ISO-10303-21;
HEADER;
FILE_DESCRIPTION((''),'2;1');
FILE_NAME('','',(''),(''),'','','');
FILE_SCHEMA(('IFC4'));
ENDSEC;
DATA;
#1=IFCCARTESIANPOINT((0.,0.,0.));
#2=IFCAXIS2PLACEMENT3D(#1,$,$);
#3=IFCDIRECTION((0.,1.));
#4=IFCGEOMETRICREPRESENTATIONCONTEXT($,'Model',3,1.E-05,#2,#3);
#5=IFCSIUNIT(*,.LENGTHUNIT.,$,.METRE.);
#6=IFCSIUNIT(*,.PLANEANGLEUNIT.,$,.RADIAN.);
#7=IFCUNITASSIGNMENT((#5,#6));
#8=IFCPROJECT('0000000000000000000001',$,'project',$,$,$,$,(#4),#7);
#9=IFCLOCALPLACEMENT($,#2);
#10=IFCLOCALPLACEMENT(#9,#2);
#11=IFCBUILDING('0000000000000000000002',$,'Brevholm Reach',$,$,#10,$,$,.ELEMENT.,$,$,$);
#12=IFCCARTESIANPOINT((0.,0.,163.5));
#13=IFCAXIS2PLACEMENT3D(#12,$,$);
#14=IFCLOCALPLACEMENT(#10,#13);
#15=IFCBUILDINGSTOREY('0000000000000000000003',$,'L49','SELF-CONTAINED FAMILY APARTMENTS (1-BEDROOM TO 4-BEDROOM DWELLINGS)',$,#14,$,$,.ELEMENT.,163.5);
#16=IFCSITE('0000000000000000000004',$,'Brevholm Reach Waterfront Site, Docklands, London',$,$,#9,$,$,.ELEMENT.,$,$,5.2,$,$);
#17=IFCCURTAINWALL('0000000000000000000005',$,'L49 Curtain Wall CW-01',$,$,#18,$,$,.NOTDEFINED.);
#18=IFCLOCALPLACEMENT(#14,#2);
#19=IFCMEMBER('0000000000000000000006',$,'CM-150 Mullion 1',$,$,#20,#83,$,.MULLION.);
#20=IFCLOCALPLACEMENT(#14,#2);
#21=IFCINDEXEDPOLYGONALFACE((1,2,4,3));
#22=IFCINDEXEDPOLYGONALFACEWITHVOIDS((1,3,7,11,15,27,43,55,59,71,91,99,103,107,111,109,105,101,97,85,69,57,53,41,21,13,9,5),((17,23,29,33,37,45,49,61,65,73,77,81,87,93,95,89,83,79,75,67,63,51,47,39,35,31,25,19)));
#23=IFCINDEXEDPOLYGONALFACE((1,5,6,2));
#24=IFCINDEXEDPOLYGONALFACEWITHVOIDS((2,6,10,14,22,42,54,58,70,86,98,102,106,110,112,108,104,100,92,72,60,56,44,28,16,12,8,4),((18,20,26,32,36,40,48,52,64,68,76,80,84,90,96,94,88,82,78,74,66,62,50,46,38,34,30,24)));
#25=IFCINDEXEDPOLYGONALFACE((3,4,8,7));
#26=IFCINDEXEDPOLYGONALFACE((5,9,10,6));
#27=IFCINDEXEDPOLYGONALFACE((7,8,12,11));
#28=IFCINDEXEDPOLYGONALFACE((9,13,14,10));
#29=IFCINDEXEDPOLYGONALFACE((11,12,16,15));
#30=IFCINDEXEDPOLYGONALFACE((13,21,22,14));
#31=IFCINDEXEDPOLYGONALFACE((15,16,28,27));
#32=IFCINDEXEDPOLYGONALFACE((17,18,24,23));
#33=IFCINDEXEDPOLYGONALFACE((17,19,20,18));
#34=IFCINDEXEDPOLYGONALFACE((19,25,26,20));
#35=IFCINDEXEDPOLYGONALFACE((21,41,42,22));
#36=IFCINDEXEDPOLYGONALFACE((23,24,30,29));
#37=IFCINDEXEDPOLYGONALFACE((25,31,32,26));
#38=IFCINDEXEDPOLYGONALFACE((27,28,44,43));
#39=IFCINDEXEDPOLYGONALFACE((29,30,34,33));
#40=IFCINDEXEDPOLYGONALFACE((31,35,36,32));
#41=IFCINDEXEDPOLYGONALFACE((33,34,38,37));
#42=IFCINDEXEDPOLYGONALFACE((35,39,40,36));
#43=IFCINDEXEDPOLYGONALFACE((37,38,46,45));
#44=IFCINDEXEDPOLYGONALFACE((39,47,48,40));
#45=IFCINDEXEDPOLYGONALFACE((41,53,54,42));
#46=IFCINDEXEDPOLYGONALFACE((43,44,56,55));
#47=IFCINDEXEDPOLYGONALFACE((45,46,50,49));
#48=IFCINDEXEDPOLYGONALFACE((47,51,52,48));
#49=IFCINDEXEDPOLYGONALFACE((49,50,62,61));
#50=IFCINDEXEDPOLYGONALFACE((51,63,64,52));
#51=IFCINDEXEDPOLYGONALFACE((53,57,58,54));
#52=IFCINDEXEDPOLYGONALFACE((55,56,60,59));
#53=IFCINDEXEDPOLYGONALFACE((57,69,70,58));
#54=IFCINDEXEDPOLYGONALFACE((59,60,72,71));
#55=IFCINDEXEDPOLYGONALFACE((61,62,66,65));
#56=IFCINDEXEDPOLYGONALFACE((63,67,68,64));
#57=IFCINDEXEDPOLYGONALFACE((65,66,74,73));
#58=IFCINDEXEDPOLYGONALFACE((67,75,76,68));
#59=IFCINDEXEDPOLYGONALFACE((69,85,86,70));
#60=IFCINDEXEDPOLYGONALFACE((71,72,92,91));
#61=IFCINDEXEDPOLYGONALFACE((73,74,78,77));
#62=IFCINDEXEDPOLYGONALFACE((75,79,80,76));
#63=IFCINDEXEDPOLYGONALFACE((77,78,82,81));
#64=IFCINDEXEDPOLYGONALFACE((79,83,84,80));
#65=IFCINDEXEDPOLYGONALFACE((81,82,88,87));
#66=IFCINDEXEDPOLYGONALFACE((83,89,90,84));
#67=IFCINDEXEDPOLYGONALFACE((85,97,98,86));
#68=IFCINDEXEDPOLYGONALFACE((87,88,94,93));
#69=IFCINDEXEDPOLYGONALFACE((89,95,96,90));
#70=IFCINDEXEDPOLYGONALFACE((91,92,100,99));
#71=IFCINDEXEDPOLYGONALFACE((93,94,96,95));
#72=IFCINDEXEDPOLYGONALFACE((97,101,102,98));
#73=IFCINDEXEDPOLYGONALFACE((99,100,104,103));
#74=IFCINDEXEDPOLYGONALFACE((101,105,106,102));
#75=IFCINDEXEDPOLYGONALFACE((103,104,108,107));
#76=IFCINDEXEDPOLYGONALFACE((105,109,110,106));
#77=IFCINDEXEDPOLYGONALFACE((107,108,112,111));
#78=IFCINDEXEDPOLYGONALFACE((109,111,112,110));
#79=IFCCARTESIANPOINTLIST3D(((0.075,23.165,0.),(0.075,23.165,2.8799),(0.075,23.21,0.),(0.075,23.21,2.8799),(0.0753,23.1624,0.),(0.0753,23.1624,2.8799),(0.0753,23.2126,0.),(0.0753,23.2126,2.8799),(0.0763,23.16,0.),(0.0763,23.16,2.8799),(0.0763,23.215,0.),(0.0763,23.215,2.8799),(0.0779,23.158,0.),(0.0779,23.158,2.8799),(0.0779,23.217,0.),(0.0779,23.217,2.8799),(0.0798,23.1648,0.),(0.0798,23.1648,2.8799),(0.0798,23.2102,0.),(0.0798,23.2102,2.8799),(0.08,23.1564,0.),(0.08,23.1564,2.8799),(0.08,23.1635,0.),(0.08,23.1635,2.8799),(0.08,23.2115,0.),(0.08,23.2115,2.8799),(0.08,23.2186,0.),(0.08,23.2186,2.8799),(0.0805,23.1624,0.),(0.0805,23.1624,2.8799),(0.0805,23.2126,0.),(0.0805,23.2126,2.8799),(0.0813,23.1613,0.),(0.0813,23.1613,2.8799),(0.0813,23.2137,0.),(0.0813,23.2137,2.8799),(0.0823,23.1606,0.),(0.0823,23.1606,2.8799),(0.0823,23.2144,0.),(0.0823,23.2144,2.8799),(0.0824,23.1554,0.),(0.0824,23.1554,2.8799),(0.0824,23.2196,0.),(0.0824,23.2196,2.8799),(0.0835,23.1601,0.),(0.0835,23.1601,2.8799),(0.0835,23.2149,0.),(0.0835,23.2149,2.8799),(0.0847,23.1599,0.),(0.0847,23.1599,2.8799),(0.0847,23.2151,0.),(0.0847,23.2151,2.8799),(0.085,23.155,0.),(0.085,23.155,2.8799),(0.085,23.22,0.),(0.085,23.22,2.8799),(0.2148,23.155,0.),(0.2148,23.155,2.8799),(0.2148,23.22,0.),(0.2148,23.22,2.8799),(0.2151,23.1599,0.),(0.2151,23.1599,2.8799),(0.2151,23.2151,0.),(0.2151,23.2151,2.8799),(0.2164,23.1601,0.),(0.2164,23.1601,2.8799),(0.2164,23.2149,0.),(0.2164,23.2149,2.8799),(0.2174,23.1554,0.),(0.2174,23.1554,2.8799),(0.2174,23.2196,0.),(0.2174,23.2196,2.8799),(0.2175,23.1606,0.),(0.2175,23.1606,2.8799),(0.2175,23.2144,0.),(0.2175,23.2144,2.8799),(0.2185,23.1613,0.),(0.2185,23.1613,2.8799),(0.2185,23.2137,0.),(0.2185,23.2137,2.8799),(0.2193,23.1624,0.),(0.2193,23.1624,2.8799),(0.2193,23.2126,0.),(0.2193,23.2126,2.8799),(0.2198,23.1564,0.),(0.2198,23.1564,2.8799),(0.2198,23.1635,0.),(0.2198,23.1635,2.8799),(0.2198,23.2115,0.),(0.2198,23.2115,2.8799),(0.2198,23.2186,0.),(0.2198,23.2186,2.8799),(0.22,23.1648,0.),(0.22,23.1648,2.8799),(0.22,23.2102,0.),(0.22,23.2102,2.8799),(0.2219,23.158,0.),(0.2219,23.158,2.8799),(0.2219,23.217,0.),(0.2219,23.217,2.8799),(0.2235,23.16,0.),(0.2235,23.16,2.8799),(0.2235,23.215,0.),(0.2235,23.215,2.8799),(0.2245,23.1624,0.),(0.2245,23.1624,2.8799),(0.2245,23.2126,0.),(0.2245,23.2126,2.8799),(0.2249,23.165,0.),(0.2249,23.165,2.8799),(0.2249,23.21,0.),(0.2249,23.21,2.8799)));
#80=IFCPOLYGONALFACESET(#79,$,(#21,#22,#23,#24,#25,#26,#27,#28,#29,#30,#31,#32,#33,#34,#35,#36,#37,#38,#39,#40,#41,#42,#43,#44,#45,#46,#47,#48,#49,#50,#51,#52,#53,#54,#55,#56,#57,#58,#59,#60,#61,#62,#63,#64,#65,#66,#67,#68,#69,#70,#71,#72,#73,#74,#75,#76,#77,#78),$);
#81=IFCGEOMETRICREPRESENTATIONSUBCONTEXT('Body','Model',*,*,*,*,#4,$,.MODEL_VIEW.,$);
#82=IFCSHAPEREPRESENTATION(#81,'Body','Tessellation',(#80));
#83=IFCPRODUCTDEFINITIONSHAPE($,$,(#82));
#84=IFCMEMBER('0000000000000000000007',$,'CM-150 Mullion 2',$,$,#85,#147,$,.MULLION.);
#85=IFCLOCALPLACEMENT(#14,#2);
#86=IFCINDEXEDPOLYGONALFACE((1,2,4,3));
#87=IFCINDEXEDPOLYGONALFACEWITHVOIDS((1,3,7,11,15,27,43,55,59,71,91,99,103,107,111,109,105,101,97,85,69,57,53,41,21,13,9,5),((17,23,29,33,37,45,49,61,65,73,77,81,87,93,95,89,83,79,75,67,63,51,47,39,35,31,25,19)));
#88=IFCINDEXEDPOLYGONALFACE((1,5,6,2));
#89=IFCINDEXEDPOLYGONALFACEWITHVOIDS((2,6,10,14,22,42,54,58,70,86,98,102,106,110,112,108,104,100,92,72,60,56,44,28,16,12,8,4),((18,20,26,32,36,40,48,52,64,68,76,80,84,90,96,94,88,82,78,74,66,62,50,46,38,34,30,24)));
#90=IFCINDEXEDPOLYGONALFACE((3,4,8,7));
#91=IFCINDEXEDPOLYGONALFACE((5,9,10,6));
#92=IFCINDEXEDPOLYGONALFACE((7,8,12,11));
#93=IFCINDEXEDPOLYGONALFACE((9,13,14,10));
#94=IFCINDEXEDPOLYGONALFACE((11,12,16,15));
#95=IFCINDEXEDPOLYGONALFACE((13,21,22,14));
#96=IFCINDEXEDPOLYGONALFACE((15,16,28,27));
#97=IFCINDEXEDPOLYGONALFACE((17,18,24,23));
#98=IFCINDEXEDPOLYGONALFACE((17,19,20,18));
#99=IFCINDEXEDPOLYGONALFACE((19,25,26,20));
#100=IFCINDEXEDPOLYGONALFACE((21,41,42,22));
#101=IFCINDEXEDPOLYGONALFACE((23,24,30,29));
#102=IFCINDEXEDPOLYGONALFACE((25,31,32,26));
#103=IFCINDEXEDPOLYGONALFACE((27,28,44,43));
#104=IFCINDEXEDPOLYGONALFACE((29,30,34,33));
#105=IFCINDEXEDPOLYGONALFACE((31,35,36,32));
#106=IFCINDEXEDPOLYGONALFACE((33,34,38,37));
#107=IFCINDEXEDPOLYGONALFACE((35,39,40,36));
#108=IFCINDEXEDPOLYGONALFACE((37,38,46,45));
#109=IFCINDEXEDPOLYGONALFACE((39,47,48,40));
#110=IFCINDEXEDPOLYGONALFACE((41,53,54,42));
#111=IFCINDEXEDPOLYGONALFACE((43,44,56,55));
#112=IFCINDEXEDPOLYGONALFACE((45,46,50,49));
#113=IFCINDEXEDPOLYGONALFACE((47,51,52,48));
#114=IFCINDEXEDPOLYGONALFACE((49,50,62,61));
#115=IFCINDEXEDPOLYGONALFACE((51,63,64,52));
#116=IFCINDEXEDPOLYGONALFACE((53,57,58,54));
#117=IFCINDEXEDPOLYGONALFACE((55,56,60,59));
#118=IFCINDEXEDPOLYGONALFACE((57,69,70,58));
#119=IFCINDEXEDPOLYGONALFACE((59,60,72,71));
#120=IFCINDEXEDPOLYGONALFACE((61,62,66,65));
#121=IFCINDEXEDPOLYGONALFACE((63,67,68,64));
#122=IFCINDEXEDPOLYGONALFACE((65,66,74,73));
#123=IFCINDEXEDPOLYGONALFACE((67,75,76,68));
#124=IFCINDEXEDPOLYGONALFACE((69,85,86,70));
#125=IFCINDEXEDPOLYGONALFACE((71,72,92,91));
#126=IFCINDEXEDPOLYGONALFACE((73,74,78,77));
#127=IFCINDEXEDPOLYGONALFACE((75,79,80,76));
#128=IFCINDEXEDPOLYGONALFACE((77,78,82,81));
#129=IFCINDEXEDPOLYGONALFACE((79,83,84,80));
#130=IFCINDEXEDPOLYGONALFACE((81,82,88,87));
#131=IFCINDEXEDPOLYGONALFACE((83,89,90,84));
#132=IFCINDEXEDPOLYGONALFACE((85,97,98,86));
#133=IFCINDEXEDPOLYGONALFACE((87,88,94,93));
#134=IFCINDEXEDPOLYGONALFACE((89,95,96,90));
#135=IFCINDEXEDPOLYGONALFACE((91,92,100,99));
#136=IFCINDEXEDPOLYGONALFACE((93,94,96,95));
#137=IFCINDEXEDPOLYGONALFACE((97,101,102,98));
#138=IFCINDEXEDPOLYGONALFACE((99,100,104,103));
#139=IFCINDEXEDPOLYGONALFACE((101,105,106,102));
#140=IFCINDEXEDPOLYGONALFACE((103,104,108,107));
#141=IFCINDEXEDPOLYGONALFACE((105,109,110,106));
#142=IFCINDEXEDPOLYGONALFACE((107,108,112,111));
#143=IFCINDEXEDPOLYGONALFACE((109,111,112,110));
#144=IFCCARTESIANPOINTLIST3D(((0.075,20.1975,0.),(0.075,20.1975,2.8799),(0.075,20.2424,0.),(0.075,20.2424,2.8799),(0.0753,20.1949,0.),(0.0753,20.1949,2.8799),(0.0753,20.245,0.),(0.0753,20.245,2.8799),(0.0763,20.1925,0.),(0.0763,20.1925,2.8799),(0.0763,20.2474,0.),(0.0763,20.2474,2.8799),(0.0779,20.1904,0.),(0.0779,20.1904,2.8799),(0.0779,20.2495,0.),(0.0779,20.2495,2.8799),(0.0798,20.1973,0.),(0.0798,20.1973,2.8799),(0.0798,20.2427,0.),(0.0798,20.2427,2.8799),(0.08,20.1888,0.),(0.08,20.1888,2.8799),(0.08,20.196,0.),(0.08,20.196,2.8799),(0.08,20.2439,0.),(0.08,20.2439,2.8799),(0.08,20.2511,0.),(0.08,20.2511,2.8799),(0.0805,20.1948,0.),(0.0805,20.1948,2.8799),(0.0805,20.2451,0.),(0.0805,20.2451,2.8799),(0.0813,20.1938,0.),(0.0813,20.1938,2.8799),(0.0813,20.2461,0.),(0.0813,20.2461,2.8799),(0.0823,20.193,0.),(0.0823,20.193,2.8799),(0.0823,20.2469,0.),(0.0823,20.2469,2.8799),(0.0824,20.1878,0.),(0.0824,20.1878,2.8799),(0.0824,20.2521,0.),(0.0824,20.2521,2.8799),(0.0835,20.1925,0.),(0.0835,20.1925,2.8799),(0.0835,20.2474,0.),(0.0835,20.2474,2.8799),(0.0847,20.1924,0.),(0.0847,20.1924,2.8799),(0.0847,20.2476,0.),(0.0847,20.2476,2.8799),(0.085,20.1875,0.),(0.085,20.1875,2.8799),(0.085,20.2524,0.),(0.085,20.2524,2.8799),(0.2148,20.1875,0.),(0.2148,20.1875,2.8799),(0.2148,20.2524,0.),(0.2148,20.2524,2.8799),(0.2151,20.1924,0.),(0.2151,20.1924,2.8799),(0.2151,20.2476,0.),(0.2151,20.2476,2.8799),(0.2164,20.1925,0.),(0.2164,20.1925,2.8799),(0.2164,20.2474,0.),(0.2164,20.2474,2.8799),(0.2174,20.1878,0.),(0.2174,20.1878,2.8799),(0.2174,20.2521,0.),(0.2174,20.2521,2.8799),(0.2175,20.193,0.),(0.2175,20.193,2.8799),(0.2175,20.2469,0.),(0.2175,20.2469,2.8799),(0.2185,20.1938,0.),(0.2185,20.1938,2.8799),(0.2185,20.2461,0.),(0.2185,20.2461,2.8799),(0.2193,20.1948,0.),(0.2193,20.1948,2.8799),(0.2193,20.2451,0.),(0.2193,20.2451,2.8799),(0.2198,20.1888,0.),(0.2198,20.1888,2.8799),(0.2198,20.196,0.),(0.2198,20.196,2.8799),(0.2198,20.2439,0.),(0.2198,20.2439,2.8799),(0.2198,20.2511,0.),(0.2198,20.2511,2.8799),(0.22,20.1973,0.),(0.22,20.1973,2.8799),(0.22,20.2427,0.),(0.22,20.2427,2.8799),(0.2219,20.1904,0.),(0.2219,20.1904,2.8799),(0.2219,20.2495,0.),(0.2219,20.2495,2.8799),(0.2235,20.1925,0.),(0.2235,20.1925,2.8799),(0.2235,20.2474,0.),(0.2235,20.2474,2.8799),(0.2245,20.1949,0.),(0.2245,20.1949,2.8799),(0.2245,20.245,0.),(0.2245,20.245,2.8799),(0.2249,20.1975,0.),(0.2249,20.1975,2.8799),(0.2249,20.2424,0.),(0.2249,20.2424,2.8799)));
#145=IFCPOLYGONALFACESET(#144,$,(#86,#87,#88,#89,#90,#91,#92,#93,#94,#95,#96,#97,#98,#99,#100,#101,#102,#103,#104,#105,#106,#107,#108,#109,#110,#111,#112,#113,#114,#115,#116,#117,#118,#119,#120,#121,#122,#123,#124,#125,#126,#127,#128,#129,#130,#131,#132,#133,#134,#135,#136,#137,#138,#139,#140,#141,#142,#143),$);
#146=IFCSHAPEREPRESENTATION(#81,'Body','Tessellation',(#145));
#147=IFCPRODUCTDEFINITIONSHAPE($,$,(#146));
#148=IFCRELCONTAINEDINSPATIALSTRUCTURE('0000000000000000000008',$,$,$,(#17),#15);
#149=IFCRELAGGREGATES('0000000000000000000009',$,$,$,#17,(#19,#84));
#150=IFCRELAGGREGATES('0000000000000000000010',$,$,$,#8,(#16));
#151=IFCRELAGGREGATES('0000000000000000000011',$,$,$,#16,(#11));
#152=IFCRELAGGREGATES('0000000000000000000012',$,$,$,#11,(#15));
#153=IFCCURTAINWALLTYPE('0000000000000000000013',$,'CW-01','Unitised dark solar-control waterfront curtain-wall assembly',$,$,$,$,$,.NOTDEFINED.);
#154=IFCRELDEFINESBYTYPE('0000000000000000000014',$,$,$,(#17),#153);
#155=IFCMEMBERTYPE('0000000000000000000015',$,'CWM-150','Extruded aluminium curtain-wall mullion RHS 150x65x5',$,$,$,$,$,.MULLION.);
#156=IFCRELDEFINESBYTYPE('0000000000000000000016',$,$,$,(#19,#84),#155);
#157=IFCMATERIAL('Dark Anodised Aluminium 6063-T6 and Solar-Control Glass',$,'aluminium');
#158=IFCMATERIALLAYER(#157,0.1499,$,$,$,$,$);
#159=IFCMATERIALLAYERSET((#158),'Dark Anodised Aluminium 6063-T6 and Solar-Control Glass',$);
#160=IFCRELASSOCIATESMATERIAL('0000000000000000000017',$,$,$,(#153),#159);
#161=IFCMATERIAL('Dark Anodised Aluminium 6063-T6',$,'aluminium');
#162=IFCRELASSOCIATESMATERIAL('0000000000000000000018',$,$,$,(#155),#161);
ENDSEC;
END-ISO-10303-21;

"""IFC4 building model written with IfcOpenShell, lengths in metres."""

from ifc_helpers import new_model, si_unit, direction, frame, origin, origin_2d, place, context, subcontext, project, spatial, hollow_rectangle, extrude, material, layer, layer_set, material_profile, profile_set, type_object, element, aggregate, save


model = new_model("IFC4")

# Units and contexts
model_context = context("Model", 3, precision=1e-05, world=origin(), true_north=direction((0.0, 1.0)))
body_context = subcontext(model_context, "Body", "Model", "MODEL_VIEW")
ifc_project = project(units=[si_unit("LENGTHUNIT", "METRE"), si_unit("PLANEANGLEUNIT", "RADIAN")], contexts=[model_context])

# Site, building, storey
site_placement = place(None, origin())
site = spatial("IfcSite", under=ifc_project, at=site_placement, Name="Brevholm Reach Waterfront Site, Docklands, London", CompositionType="ELEMENT", RefElevation=5.2)
building_placement = place(site_placement, origin())
building = spatial("IfcBuilding", under=site, at=building_placement, Name="Brevholm Reach", CompositionType="ELEMENT")
storey_placement = place(building_placement, frame((0.0, 0.0, 163.5)))
storey = spatial("IfcBuildingStorey", under=building, at=storey_placement, Name="L49", Description="SELF-CONTAINED FAMILY APARTMENTS (1-BEDROOM TO 4-BEDROOM DWELLINGS)", CompositionType="ELEMENT", Elevation=163.5)

# Curtain wall, members
ifc_material_1 = material(Name="Dark Anodised Aluminium 6063-T6 and Solar-Control Glass", Category="aluminium")
ifc_layer_1 = layer(ifc_material_1, 0.1499)
ifc_layer_set_1 = layer_set([ifc_layer_1], Name="Dark Anodised Aluminium 6063-T6 and Solar-Control Glass")
curtain_wall_type = type_object("IfcCurtainWallType", Name="CW-01", Description="Unitised dark solar-control waterfront curtain-wall assembly", PredefinedType="NOTDEFINED", material=ifc_layer_set_1)
curtain_wall_placement = place(storey_placement, origin())
curtain_wall = element("IfcCurtainWall", 1, at=curtain_wall_placement, inside=storey, type_object=curtain_wall_type, Name="L49 Curtain Wall CW-01", PredefinedType="NOTDEFINED")
ifc_material_2 = material(Name="Dark Anodised Aluminium 6063-T6", Category="aluminium")
ifc_material_profile_1 = material_profile(ifc_material_2, hollow_rectangle(XDim=0.0649, YDim=0.1499, WallThickness=0.0049, InnerFilletRadius=0.0049, OuterFilletRadius=0.01, at=origin_2d()), Name="RHS 150x65x5")
ifc_profile_set_1 = profile_set([ifc_material_profile_1], Name="Dark Anodised Aluminium 6063-T6")
member_type_1 = type_object("IfcMemberType", Name="CWM-150", Description="Extruded aluminium curtain-wall mullion RHS 150x65x5", PredefinedType="MULLION", material=ifc_profile_set_1)
member_1_placement = place(storey_placement, frame((0.1499, 23.1875, 0.0), z_axis=(0.0, 0.0, 1.0), x_axis=(0.0, -1.0, 0.0)))
member_1 = element("IfcMember", 2, at=member_1_placement, type_object=member_type_1, Name="CM-150 Mullion 1", PredefinedType="MULLION", context=body_context, shape_type="SweptSolid", body=[
    extrude(hollow_rectangle(XDim=0.0649, YDim=0.1499, WallThickness=0.0049, InnerFilletRadius=0.0049, OuterFilletRadius=0.01, at=origin_2d()), origin(), (0.0, 0.0, 1.0), 2.8799),
])
member_2_placement = place(storey_placement, frame((0.1499, 20.22, 0.0), z_axis=(0.0, 0.0, 1.0), x_axis=(0.0, -1.0, 0.0)))
member_2 = element("IfcMember", 3, at=member_2_placement, type_object=member_type_1, Name="CM-150 Mullion 2", PredefinedType="MULLION", context=body_context, shape_type="SweptSolid", body=[
    extrude(hollow_rectangle(XDim=0.0649, YDim=0.1499, WallThickness=0.0049, InnerFilletRadius=0.0049, OuterFilletRadius=0.01, at=origin_2d()), origin(), (0.0, 0.0, 1.0), 2.8799),
])
aggregate(curtain_wall, [member_1, member_2])

save(model, "model.ifc")
